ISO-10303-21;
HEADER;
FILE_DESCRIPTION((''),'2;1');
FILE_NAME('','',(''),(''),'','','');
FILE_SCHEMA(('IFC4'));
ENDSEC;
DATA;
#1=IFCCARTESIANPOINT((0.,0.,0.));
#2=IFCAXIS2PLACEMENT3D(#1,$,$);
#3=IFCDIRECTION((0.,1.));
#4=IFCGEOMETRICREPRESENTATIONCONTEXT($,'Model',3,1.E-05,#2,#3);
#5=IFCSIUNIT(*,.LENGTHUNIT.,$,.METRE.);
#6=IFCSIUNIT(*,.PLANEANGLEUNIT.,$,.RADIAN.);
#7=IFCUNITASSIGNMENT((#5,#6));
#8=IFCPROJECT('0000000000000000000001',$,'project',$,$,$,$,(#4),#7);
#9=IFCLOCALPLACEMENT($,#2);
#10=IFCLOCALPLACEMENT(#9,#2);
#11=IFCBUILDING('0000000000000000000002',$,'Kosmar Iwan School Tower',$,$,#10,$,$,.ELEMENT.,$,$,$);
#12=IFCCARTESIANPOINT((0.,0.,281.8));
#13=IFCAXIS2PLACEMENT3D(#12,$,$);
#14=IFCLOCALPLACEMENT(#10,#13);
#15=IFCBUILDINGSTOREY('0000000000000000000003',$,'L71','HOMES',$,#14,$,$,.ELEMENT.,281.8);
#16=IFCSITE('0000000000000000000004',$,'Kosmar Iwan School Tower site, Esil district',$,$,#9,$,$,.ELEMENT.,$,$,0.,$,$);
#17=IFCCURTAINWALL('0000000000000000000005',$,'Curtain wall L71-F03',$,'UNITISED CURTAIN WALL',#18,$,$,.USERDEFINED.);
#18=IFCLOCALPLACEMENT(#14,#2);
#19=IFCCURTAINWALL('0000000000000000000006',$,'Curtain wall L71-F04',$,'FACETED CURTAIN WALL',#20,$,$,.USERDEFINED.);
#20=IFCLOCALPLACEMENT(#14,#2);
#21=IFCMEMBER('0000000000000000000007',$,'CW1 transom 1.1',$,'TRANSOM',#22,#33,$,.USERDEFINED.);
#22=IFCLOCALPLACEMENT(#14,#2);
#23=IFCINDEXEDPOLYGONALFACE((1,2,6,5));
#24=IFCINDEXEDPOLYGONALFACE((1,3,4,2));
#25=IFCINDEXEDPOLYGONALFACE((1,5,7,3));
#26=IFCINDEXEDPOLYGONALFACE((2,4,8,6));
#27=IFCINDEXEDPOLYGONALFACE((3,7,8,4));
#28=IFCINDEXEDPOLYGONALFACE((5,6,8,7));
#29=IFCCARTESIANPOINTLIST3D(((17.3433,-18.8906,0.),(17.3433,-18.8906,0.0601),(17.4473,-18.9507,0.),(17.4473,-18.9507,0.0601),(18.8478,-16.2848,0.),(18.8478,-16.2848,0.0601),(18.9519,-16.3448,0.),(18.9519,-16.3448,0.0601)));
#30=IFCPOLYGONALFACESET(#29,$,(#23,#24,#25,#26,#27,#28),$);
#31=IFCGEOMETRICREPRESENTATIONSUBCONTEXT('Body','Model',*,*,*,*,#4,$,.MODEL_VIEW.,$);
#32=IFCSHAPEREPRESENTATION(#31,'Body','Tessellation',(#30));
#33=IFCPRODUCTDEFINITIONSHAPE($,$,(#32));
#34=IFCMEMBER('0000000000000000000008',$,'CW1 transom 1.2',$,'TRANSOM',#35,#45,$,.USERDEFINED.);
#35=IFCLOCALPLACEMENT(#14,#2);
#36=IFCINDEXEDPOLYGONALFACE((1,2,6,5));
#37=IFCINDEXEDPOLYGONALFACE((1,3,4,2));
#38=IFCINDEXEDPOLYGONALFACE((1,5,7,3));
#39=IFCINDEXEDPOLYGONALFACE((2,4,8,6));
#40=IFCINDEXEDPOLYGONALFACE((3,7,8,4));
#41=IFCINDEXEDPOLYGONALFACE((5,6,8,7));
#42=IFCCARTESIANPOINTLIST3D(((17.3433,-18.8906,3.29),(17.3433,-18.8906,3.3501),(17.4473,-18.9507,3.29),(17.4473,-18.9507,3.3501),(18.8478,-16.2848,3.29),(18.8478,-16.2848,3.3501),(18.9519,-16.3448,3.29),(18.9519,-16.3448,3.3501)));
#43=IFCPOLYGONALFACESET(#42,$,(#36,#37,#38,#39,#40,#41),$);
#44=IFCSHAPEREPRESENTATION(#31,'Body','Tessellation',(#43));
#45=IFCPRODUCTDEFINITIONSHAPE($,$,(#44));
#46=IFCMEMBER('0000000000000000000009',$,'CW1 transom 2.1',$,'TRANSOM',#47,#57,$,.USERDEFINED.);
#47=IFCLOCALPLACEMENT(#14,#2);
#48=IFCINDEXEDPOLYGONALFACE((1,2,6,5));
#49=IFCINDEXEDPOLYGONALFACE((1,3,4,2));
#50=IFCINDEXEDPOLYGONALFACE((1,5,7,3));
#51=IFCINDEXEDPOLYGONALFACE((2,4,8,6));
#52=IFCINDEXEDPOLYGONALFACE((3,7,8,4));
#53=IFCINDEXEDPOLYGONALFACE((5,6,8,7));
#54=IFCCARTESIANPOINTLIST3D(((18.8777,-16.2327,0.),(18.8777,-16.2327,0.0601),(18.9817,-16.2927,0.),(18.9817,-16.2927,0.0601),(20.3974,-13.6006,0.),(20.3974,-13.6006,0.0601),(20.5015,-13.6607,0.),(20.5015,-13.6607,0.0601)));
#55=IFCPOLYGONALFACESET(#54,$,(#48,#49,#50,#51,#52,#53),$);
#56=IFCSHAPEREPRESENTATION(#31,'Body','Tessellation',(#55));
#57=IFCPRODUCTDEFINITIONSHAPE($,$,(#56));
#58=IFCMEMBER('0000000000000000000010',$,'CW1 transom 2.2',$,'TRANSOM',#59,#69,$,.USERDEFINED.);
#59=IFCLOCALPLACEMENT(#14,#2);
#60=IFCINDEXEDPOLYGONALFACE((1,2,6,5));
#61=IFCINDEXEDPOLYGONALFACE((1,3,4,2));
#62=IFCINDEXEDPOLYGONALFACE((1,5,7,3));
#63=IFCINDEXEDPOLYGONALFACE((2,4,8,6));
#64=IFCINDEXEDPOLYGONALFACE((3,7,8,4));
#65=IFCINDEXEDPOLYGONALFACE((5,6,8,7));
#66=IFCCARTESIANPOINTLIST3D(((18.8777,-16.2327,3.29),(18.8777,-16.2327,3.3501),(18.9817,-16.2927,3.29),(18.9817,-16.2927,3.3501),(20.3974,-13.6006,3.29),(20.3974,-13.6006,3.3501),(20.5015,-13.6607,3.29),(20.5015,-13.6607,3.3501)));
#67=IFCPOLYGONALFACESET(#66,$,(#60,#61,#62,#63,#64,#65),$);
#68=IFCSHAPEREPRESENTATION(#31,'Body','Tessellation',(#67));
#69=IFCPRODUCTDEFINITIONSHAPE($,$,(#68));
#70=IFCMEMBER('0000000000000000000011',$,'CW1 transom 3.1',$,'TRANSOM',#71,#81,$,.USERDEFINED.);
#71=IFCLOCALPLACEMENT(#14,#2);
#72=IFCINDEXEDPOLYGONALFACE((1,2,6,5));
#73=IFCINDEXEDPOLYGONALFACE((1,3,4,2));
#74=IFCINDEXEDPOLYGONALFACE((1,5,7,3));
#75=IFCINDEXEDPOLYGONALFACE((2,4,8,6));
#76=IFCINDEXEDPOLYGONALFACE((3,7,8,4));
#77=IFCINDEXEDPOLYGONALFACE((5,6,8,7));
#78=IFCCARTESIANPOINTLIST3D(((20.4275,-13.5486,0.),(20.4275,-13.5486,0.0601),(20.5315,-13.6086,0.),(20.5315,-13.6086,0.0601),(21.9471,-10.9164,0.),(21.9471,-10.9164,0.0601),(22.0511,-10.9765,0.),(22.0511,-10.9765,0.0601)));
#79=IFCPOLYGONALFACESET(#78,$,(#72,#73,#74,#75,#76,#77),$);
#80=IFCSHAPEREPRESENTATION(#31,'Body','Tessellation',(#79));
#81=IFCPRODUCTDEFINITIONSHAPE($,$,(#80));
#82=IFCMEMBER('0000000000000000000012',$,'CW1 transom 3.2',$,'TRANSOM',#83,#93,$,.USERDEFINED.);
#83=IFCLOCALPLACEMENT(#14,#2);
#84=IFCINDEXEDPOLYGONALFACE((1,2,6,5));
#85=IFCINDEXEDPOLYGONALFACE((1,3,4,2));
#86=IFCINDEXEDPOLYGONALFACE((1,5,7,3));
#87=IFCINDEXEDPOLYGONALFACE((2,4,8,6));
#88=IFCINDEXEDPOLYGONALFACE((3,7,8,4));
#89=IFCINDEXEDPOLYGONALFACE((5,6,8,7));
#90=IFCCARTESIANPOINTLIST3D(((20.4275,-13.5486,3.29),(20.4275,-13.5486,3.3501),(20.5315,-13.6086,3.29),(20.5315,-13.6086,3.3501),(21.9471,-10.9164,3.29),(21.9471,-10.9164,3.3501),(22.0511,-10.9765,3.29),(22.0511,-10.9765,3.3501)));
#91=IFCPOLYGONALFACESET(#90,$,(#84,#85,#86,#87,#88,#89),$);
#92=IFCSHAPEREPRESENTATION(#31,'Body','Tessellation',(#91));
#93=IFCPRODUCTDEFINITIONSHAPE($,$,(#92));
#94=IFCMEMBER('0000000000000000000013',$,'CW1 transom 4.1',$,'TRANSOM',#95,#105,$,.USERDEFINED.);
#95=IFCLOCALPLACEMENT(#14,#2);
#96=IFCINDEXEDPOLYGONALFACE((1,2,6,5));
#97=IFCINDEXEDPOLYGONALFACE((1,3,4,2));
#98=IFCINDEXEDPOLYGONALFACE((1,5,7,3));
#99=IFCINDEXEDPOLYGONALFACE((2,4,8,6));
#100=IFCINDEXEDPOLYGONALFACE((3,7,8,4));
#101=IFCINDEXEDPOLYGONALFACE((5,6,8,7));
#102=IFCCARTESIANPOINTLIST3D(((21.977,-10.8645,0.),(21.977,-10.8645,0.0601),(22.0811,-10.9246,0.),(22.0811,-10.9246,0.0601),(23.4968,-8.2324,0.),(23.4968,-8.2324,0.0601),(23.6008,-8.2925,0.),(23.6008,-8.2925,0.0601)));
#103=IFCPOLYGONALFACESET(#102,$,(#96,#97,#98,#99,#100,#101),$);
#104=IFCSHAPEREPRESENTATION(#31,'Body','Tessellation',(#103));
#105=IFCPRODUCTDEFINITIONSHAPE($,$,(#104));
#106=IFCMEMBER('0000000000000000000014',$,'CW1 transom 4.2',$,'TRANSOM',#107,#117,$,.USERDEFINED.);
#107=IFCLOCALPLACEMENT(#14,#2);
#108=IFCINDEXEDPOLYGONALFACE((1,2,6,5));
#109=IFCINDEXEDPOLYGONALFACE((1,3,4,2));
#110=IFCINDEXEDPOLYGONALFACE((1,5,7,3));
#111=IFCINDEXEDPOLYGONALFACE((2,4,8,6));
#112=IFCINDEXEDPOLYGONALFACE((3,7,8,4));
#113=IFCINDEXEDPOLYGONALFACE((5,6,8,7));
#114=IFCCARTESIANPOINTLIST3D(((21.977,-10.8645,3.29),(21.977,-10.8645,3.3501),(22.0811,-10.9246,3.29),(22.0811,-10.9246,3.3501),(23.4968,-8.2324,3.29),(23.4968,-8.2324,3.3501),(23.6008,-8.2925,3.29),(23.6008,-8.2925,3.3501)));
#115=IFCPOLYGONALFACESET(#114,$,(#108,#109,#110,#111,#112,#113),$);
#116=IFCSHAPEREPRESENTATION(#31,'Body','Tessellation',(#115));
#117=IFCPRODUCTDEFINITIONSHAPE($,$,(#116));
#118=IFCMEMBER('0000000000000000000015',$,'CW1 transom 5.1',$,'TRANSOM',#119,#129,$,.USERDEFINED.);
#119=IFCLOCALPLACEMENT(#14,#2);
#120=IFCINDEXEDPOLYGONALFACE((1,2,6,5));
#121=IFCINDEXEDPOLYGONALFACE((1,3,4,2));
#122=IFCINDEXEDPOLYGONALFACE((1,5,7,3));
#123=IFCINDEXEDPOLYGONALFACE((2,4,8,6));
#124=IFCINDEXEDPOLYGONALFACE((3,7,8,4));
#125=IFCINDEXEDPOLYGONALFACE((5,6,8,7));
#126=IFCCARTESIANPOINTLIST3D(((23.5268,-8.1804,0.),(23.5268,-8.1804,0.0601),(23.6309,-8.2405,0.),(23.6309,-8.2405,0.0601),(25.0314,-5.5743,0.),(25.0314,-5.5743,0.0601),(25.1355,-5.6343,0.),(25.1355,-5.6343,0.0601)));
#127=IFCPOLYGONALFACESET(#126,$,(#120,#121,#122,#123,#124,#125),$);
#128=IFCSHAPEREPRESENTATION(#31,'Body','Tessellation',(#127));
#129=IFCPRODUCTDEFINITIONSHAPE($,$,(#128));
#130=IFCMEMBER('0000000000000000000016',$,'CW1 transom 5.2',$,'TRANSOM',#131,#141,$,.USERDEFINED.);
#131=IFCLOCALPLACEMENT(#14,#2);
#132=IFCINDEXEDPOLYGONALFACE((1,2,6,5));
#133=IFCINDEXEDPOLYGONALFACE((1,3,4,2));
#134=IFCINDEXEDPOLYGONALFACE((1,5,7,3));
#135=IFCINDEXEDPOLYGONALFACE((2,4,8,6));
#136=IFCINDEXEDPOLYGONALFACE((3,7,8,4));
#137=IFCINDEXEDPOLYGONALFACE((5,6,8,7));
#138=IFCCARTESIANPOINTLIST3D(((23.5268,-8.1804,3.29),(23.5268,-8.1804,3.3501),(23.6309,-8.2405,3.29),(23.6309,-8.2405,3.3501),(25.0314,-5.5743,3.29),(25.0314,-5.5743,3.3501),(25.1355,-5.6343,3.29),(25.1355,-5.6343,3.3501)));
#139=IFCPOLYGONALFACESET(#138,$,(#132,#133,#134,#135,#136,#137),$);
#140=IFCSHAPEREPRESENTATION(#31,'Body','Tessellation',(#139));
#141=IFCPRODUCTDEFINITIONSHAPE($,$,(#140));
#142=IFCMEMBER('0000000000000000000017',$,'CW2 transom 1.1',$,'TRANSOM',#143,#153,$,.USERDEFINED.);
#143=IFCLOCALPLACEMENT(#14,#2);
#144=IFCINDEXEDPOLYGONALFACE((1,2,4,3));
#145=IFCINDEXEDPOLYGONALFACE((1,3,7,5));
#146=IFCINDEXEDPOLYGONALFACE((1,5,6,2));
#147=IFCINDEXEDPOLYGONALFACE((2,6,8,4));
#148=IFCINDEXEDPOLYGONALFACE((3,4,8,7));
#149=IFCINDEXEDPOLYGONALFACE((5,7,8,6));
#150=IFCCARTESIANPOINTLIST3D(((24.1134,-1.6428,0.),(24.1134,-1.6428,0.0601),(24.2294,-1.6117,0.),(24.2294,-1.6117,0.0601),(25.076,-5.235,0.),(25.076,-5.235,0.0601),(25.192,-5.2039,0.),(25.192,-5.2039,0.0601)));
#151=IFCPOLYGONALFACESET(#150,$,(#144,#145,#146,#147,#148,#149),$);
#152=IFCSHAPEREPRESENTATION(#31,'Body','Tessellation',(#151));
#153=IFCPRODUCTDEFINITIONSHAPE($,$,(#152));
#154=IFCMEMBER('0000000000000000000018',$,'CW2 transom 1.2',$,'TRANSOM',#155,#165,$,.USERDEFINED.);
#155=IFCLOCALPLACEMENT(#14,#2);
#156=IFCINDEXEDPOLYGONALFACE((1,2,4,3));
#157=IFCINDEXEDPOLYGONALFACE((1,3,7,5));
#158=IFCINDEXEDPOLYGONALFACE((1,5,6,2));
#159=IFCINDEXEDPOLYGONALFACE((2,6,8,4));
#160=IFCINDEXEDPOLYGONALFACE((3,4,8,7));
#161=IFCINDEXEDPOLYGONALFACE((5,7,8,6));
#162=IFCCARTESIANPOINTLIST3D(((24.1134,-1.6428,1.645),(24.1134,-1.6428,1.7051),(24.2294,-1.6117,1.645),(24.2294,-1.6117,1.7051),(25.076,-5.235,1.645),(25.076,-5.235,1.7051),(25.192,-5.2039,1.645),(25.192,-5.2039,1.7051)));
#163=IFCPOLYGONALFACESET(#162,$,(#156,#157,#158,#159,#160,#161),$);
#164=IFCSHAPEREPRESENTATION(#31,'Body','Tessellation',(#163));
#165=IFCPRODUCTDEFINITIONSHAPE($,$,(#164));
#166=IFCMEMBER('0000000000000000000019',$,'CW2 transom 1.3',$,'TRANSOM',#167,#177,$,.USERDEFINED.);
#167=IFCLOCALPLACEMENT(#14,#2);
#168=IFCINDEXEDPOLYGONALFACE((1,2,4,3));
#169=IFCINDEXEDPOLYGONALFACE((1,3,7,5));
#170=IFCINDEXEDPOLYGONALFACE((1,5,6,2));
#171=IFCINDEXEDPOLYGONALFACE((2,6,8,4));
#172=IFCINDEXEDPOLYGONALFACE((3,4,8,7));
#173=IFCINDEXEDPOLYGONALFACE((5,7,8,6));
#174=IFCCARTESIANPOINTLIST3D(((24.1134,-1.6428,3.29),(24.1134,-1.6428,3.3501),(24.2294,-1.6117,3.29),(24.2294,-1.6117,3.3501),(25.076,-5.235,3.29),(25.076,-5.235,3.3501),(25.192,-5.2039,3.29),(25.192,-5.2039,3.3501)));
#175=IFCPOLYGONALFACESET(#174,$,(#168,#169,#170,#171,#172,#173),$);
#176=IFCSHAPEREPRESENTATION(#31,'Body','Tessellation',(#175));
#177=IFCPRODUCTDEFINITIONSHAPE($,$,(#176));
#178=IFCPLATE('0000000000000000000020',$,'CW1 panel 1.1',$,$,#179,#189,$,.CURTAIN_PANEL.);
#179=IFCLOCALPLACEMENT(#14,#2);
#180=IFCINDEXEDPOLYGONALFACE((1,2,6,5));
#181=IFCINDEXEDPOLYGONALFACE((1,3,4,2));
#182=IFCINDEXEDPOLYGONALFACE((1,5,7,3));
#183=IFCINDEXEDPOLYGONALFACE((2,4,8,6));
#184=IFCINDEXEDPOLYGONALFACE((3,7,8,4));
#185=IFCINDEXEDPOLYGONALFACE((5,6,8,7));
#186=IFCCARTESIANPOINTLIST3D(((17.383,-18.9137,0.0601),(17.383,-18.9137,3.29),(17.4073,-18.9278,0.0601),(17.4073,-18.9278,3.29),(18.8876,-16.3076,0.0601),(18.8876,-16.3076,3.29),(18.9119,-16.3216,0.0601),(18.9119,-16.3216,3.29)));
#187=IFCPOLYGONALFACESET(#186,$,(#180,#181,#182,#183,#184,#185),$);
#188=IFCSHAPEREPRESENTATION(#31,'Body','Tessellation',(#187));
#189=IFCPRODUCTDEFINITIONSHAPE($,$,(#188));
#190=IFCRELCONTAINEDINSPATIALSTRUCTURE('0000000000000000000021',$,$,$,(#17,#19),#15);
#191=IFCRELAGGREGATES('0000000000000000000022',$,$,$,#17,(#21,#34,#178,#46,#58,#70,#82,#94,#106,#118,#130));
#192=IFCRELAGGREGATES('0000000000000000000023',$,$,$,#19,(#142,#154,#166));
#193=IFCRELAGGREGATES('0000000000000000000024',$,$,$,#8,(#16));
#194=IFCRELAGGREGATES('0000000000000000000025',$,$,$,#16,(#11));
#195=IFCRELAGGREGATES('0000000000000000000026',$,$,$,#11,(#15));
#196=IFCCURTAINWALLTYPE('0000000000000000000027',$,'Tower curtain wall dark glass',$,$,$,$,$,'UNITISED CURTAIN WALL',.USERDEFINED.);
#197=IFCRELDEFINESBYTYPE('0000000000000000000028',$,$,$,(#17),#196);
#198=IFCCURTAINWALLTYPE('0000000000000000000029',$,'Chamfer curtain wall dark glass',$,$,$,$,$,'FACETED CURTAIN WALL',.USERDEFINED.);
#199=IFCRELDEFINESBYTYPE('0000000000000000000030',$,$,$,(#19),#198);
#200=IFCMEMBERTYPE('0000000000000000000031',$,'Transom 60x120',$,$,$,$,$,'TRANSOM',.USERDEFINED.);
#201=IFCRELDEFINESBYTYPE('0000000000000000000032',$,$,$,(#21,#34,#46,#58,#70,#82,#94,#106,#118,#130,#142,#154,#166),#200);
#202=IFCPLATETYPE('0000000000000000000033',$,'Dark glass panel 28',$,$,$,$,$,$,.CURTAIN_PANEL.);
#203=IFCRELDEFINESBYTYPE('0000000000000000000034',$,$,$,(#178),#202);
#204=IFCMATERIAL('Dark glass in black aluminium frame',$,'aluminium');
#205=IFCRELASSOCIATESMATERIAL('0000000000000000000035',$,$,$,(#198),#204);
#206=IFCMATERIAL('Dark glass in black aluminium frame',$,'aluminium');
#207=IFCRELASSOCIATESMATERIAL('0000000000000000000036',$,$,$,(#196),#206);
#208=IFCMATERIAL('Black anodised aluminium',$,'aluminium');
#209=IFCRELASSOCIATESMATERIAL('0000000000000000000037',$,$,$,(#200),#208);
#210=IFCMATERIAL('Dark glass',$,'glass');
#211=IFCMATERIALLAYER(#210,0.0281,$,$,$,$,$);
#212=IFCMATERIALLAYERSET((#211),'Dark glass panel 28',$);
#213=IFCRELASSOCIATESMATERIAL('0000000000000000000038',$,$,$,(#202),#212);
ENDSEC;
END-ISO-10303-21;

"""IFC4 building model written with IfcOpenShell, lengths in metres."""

from ifc_helpers import new_model, si_unit, direction, frame, origin, origin_2d, place, context, subcontext, project, spatial, rectangle, extrude, material, layer, layer_set, material_profile, profile_set, type_object, element, aggregate, save


model = new_model("IFC4")

# Units and contexts
model_context = context("Model", 3, precision=1e-05, world=origin(), true_north=direction((0.0, 1.0)))
body_context = subcontext(model_context, "Body", "Model", "MODEL_VIEW")
ifc_project = project(units=[si_unit("LENGTHUNIT", "METRE"), si_unit("PLANEANGLEUNIT", "RADIAN")], contexts=[model_context])

# Site, building, storey
site_placement = place(None, origin())
site = spatial("IfcSite", under=ifc_project, at=site_placement, Name="Kosmar Iwan School Tower site, Esil district", CompositionType="ELEMENT", RefElevation=0.0)
building_placement = place(site_placement, origin())
building = spatial("IfcBuilding", under=site, at=building_placement, Name="Kosmar Iwan School Tower", CompositionType="ELEMENT")
storey_placement = place(building_placement, frame((0.0, 0.0, 281.8)))
storey = spatial("IfcBuildingStorey", under=building, at=storey_placement, Name="L71", Description="HOMES", CompositionType="ELEMENT", Elevation=281.8)

# Shared definitions
ifc_material_1 = material(Name="Dark glass in black aluminium frame", Category="aluminium")
curtain_wall_type_1 = type_object("IfcCurtainWallType", Name="Chamfer curtain wall dark glass", ElementType="FACETED CURTAIN WALL", PredefinedType="USERDEFINED", material=ifc_material_1)

# Curtain wall
ifc_material_2 = material(Name="Dark glass in black aluminium frame", Category="aluminium")
curtain_wall_type_2 = type_object("IfcCurtainWallType", Name="Tower curtain wall dark glass", ElementType="UNITISED CURTAIN WALL", PredefinedType="USERDEFINED", material=ifc_material_2)
curtain_wall_1_placement = place(storey_placement, origin())
curtain_wall_1 = element("IfcCurtainWall", 1, at=curtain_wall_1_placement, inside=storey, type_object=curtain_wall_type_2, Name="Curtain wall L71-F03", ObjectType="UNITISED CURTAIN WALL", PredefinedType="USERDEFINED")

# Curtain wall
curtain_wall_2_placement = place(storey_placement, origin())
curtain_wall_2 = element("IfcCurtainWall", 2, at=curtain_wall_2_placement, inside=storey, type_object=curtain_wall_type_1, Name="Curtain wall L71-F04", ObjectType="FACETED CURTAIN WALL", PredefinedType="USERDEFINED")

# Members
ifc_material_3 = material(Name="Black anodised aluminium", Category="aluminium")
ifc_material_profile_1 = material_profile(ifc_material_3, rectangle(XDim=0.1201, YDim=0.0601, at=origin_2d()), Name="TRANSOM 60x120")
ifc_profile_set_1 = profile_set([ifc_material_profile_1], Name="Black anodised aluminium")
member_type_1 = type_object("IfcMemberType", Name="Transom 60x120", ElementType="TRANSOM", PredefinedType="USERDEFINED", material=ifc_profile_set_1)
member_1_placement = place(storey_placement, frame((17.3953, -18.9207, 0.03), z_axis=(0.500022, 0.866013, 0.0), x_axis=(-0.866013, 0.500022, 0.0)))
member_1 = element("IfcMember", 3, at=member_1_placement, type_object=member_type_1, Name="CW1 transom 1.1", ObjectType="TRANSOM", PredefinedType="USERDEFINED", context=body_context, shape_type="SweptSolid", body=[
    extrude(rectangle(XDim=0.1201, YDim=0.0601, at=origin_2d()), origin(), (0.0, 0.0, 1.0), 3.009),
])
member_2_placement = place(storey_placement, frame((17.3953, -18.9207, 3.3201), z_axis=(0.500022, 0.866013, 0.0), x_axis=(-0.866013, 0.500022, 0.0)))
member_2 = element("IfcMember", 4, at=member_2_placement, type_object=member_type_1, Name="CW1 transom 1.2", ObjectType="TRANSOM", PredefinedType="USERDEFINED", context=body_context, shape_type="SweptSolid", body=[
    extrude(rectangle(XDim=0.1201, YDim=0.0601, at=origin_2d()), origin(), (0.0, 0.0, 1.0), 3.009),
])
member_3_placement = place(storey_placement, frame((18.9297, -16.2627, 0.03), z_axis=(0.500035, 0.866005, 0.0), x_axis=(-0.866005, 0.500035, 0.0)))
member_3 = element("IfcMember", 5, at=member_3_placement, type_object=member_type_1, Name="CW1 transom 2.1", ObjectType="TRANSOM", PredefinedType="USERDEFINED", context=body_context, shape_type="SweptSolid", body=[
    extrude(rectangle(XDim=0.1201, YDim=0.0601, at=origin_2d()), origin(), (0.0, 0.0, 1.0), 3.0393),
])
member_4_placement = place(storey_placement, frame((18.9297, -16.2627, 3.3201), z_axis=(0.500035, 0.866005, 0.0), x_axis=(-0.866005, 0.500035, 0.0)))
member_4 = element("IfcMember", 6, at=member_4_placement, type_object=member_type_1, Name="CW1 transom 2.2", ObjectType="TRANSOM", PredefinedType="USERDEFINED", context=body_context, shape_type="SweptSolid", body=[
    extrude(rectangle(XDim=0.1201, YDim=0.0601, at=origin_2d()), origin(), (0.0, 0.0, 1.0), 3.0393),
])
member_5_placement = place(storey_placement, frame((20.4795, -13.5786, 0.03), z_axis=(0.499975, 0.86604, 0.0), x_axis=(-0.86604, 0.499975, 0.0)))
member_5 = element("IfcMember", 7, at=member_5_placement, type_object=member_type_1, Name="CW1 transom 3.1", ObjectType="TRANSOM", PredefinedType="USERDEFINED", context=body_context, shape_type="SweptSolid", body=[
    extrude(rectangle(XDim=0.1201, YDim=0.0601, at=origin_2d()), origin(), (0.0, 0.0, 1.0), 3.0393),
])
member_6_placement = place(storey_placement, frame((20.4795, -13.5786, 3.3201), z_axis=(0.499975, 0.86604, 0.0), x_axis=(-0.86604, 0.499975, 0.0)))
member_6 = element("IfcMember", 8, at=member_6_placement, type_object=member_type_1, Name="CW1 transom 3.2", ObjectType="TRANSOM", PredefinedType="USERDEFINED", context=body_context, shape_type="SweptSolid", body=[
    extrude(rectangle(XDim=0.1201, YDim=0.0601, at=origin_2d()), origin(), (0.0, 0.0, 1.0), 3.0393),
])
member_7_placement = place(storey_placement, frame((22.0291, -10.8945, 0.03), z_axis=(0.500035, 0.866005, 0.0), x_axis=(-0.866005, 0.500035, 0.0)))
member_7 = element("IfcMember", 9, at=member_7_placement, type_object=member_type_1, Name="CW1 transom 4.1", ObjectType="TRANSOM", PredefinedType="USERDEFINED", context=body_context, shape_type="SweptSolid", body=[
    extrude(rectangle(XDim=0.1201, YDim=0.0601, at=origin_2d()), origin(), (0.0, 0.0, 1.0), 3.0393),
])
member_8_placement = place(storey_placement, frame((22.0291, -10.8945, 3.3201), z_axis=(0.500035, 0.866005, 0.0), x_axis=(-0.866005, 0.500035, 0.0)))
member_8 = element("IfcMember", 10, at=member_8_placement, type_object=member_type_1, Name="CW1 transom 4.2", ObjectType="TRANSOM", PredefinedType="USERDEFINED", context=body_context, shape_type="SweptSolid", body=[
    extrude(rectangle(XDim=0.1201, YDim=0.0601, at=origin_2d()), origin(), (0.0, 0.0, 1.0), 3.0393),
])
member_9_placement = place(storey_placement, frame((23.5789, -8.2104, 0.03), z_axis=(0.499987, 0.866033, 0.0), x_axis=(-0.866033, 0.499987, 0.0)))
member_9 = element("IfcMember", 11, at=member_9_placement, type_object=member_type_1, Name="CW1 transom 5.1", ObjectType="TRANSOM", PredefinedType="USERDEFINED", context=body_context, shape_type="SweptSolid", body=[
    extrude(rectangle(XDim=0.1201, YDim=0.0601, at=origin_2d()), origin(), (0.0, 0.0, 1.0), 3.0093),
])
member_10_placement = place(storey_placement, frame((23.5789, -8.2104, 3.3201), z_axis=(0.499987, 0.866033, 0.0), x_axis=(-0.866033, 0.499987, 0.0)))
member_10 = element("IfcMember", 12, at=member_10_placement, type_object=member_type_1, Name="CW1 transom 5.2", ObjectType="TRANSOM", PredefinedType="USERDEFINED", context=body_context, shape_type="SweptSolid", body=[
    extrude(rectangle(XDim=0.1201, YDim=0.0601, at=origin_2d()), origin(), (0.0, 0.0, 1.0), 3.0093),
])
member_11_placement = place(storey_placement, frame((25.134, -5.2195, 0.03), z_axis=(-0.258843, 0.965919, 0.0), x_axis=(-0.965919, -0.258843, 0.0)))
member_11 = element("IfcMember", 13, at=member_11_placement, type_object=member_type_1, Name="CW2 transom 1.1", ObjectType="TRANSOM", PredefinedType="USERDEFINED", context=body_context, shape_type="SweptSolid", body=[
    extrude(rectangle(XDim=0.1201, YDim=0.0601, at=origin_2d()), origin(), (0.0, 0.0, 1.0), 3.719),
])
member_12_placement = place(storey_placement, frame((25.134, -5.2195, 1.675), z_axis=(-0.258843, 0.965919, 0.0), x_axis=(-0.965919, -0.258843, 0.0)))
member_12 = element("IfcMember", 14, at=member_12_placement, type_object=member_type_1, Name="CW2 transom 1.2", ObjectType="TRANSOM", PredefinedType="USERDEFINED", context=body_context, shape_type="SweptSolid", body=[
    extrude(rectangle(XDim=0.1201, YDim=0.0601, at=origin_2d()), origin(), (0.0, 0.0, 1.0), 3.719),
])
member_13_placement = place(storey_placement, frame((25.134, -5.2195, 3.3201), z_axis=(-0.258843, 0.965919, 0.0), x_axis=(-0.965919, -0.258843, 0.0)))
member_13 = element("IfcMember", 15, at=member_13_placement, type_object=member_type_1, Name="CW2 transom 1.3", ObjectType="TRANSOM", PredefinedType="USERDEFINED", context=body_context, shape_type="SweptSolid", body=[
    extrude(rectangle(XDim=0.1201, YDim=0.0601, at=origin_2d()), origin(), (0.0, 0.0, 1.0), 3.719),
])

# Plate
ifc_material_4 = material(Name="Dark glass", Category="glass")
ifc_layer_1 = layer(ifc_material_4, 0.0281)
ifc_layer_set_1 = layer_set([ifc_layer_1], Name="Dark glass panel 28")
plate_type = type_object("IfcPlateType", Name="Dark glass panel 28", PredefinedType="CURTAIN_PANEL", material=ifc_layer_set_1)
plate_1_placement = place(storey_placement, frame((18.1475, -17.6177, 0.0601), z_axis=(0.0, 0.0, 1.0), x_axis=(0.5, 0.866025, 0.0)))
plate_1 = element("IfcPlate", 16, at=plate_1_placement, type_object=plate_type, Name="CW1 panel 1.1", PredefinedType="CURTAIN_PANEL", context=body_context, shape_type="SweptSolid", body=[
    extrude(rectangle(XDim=3.0093, YDim=0.0281, at=origin_2d()), origin(), (0.0, 0.0, 1.0), 3.23),
])
aggregate(curtain_wall_1, [member_1, member_2, plate_1, member_3, member_4, member_5, member_6, member_7, member_8, member_9, member_10])
aggregate(curtain_wall_2, [member_11, member_12, member_13])

save(model, "model.ifc")
